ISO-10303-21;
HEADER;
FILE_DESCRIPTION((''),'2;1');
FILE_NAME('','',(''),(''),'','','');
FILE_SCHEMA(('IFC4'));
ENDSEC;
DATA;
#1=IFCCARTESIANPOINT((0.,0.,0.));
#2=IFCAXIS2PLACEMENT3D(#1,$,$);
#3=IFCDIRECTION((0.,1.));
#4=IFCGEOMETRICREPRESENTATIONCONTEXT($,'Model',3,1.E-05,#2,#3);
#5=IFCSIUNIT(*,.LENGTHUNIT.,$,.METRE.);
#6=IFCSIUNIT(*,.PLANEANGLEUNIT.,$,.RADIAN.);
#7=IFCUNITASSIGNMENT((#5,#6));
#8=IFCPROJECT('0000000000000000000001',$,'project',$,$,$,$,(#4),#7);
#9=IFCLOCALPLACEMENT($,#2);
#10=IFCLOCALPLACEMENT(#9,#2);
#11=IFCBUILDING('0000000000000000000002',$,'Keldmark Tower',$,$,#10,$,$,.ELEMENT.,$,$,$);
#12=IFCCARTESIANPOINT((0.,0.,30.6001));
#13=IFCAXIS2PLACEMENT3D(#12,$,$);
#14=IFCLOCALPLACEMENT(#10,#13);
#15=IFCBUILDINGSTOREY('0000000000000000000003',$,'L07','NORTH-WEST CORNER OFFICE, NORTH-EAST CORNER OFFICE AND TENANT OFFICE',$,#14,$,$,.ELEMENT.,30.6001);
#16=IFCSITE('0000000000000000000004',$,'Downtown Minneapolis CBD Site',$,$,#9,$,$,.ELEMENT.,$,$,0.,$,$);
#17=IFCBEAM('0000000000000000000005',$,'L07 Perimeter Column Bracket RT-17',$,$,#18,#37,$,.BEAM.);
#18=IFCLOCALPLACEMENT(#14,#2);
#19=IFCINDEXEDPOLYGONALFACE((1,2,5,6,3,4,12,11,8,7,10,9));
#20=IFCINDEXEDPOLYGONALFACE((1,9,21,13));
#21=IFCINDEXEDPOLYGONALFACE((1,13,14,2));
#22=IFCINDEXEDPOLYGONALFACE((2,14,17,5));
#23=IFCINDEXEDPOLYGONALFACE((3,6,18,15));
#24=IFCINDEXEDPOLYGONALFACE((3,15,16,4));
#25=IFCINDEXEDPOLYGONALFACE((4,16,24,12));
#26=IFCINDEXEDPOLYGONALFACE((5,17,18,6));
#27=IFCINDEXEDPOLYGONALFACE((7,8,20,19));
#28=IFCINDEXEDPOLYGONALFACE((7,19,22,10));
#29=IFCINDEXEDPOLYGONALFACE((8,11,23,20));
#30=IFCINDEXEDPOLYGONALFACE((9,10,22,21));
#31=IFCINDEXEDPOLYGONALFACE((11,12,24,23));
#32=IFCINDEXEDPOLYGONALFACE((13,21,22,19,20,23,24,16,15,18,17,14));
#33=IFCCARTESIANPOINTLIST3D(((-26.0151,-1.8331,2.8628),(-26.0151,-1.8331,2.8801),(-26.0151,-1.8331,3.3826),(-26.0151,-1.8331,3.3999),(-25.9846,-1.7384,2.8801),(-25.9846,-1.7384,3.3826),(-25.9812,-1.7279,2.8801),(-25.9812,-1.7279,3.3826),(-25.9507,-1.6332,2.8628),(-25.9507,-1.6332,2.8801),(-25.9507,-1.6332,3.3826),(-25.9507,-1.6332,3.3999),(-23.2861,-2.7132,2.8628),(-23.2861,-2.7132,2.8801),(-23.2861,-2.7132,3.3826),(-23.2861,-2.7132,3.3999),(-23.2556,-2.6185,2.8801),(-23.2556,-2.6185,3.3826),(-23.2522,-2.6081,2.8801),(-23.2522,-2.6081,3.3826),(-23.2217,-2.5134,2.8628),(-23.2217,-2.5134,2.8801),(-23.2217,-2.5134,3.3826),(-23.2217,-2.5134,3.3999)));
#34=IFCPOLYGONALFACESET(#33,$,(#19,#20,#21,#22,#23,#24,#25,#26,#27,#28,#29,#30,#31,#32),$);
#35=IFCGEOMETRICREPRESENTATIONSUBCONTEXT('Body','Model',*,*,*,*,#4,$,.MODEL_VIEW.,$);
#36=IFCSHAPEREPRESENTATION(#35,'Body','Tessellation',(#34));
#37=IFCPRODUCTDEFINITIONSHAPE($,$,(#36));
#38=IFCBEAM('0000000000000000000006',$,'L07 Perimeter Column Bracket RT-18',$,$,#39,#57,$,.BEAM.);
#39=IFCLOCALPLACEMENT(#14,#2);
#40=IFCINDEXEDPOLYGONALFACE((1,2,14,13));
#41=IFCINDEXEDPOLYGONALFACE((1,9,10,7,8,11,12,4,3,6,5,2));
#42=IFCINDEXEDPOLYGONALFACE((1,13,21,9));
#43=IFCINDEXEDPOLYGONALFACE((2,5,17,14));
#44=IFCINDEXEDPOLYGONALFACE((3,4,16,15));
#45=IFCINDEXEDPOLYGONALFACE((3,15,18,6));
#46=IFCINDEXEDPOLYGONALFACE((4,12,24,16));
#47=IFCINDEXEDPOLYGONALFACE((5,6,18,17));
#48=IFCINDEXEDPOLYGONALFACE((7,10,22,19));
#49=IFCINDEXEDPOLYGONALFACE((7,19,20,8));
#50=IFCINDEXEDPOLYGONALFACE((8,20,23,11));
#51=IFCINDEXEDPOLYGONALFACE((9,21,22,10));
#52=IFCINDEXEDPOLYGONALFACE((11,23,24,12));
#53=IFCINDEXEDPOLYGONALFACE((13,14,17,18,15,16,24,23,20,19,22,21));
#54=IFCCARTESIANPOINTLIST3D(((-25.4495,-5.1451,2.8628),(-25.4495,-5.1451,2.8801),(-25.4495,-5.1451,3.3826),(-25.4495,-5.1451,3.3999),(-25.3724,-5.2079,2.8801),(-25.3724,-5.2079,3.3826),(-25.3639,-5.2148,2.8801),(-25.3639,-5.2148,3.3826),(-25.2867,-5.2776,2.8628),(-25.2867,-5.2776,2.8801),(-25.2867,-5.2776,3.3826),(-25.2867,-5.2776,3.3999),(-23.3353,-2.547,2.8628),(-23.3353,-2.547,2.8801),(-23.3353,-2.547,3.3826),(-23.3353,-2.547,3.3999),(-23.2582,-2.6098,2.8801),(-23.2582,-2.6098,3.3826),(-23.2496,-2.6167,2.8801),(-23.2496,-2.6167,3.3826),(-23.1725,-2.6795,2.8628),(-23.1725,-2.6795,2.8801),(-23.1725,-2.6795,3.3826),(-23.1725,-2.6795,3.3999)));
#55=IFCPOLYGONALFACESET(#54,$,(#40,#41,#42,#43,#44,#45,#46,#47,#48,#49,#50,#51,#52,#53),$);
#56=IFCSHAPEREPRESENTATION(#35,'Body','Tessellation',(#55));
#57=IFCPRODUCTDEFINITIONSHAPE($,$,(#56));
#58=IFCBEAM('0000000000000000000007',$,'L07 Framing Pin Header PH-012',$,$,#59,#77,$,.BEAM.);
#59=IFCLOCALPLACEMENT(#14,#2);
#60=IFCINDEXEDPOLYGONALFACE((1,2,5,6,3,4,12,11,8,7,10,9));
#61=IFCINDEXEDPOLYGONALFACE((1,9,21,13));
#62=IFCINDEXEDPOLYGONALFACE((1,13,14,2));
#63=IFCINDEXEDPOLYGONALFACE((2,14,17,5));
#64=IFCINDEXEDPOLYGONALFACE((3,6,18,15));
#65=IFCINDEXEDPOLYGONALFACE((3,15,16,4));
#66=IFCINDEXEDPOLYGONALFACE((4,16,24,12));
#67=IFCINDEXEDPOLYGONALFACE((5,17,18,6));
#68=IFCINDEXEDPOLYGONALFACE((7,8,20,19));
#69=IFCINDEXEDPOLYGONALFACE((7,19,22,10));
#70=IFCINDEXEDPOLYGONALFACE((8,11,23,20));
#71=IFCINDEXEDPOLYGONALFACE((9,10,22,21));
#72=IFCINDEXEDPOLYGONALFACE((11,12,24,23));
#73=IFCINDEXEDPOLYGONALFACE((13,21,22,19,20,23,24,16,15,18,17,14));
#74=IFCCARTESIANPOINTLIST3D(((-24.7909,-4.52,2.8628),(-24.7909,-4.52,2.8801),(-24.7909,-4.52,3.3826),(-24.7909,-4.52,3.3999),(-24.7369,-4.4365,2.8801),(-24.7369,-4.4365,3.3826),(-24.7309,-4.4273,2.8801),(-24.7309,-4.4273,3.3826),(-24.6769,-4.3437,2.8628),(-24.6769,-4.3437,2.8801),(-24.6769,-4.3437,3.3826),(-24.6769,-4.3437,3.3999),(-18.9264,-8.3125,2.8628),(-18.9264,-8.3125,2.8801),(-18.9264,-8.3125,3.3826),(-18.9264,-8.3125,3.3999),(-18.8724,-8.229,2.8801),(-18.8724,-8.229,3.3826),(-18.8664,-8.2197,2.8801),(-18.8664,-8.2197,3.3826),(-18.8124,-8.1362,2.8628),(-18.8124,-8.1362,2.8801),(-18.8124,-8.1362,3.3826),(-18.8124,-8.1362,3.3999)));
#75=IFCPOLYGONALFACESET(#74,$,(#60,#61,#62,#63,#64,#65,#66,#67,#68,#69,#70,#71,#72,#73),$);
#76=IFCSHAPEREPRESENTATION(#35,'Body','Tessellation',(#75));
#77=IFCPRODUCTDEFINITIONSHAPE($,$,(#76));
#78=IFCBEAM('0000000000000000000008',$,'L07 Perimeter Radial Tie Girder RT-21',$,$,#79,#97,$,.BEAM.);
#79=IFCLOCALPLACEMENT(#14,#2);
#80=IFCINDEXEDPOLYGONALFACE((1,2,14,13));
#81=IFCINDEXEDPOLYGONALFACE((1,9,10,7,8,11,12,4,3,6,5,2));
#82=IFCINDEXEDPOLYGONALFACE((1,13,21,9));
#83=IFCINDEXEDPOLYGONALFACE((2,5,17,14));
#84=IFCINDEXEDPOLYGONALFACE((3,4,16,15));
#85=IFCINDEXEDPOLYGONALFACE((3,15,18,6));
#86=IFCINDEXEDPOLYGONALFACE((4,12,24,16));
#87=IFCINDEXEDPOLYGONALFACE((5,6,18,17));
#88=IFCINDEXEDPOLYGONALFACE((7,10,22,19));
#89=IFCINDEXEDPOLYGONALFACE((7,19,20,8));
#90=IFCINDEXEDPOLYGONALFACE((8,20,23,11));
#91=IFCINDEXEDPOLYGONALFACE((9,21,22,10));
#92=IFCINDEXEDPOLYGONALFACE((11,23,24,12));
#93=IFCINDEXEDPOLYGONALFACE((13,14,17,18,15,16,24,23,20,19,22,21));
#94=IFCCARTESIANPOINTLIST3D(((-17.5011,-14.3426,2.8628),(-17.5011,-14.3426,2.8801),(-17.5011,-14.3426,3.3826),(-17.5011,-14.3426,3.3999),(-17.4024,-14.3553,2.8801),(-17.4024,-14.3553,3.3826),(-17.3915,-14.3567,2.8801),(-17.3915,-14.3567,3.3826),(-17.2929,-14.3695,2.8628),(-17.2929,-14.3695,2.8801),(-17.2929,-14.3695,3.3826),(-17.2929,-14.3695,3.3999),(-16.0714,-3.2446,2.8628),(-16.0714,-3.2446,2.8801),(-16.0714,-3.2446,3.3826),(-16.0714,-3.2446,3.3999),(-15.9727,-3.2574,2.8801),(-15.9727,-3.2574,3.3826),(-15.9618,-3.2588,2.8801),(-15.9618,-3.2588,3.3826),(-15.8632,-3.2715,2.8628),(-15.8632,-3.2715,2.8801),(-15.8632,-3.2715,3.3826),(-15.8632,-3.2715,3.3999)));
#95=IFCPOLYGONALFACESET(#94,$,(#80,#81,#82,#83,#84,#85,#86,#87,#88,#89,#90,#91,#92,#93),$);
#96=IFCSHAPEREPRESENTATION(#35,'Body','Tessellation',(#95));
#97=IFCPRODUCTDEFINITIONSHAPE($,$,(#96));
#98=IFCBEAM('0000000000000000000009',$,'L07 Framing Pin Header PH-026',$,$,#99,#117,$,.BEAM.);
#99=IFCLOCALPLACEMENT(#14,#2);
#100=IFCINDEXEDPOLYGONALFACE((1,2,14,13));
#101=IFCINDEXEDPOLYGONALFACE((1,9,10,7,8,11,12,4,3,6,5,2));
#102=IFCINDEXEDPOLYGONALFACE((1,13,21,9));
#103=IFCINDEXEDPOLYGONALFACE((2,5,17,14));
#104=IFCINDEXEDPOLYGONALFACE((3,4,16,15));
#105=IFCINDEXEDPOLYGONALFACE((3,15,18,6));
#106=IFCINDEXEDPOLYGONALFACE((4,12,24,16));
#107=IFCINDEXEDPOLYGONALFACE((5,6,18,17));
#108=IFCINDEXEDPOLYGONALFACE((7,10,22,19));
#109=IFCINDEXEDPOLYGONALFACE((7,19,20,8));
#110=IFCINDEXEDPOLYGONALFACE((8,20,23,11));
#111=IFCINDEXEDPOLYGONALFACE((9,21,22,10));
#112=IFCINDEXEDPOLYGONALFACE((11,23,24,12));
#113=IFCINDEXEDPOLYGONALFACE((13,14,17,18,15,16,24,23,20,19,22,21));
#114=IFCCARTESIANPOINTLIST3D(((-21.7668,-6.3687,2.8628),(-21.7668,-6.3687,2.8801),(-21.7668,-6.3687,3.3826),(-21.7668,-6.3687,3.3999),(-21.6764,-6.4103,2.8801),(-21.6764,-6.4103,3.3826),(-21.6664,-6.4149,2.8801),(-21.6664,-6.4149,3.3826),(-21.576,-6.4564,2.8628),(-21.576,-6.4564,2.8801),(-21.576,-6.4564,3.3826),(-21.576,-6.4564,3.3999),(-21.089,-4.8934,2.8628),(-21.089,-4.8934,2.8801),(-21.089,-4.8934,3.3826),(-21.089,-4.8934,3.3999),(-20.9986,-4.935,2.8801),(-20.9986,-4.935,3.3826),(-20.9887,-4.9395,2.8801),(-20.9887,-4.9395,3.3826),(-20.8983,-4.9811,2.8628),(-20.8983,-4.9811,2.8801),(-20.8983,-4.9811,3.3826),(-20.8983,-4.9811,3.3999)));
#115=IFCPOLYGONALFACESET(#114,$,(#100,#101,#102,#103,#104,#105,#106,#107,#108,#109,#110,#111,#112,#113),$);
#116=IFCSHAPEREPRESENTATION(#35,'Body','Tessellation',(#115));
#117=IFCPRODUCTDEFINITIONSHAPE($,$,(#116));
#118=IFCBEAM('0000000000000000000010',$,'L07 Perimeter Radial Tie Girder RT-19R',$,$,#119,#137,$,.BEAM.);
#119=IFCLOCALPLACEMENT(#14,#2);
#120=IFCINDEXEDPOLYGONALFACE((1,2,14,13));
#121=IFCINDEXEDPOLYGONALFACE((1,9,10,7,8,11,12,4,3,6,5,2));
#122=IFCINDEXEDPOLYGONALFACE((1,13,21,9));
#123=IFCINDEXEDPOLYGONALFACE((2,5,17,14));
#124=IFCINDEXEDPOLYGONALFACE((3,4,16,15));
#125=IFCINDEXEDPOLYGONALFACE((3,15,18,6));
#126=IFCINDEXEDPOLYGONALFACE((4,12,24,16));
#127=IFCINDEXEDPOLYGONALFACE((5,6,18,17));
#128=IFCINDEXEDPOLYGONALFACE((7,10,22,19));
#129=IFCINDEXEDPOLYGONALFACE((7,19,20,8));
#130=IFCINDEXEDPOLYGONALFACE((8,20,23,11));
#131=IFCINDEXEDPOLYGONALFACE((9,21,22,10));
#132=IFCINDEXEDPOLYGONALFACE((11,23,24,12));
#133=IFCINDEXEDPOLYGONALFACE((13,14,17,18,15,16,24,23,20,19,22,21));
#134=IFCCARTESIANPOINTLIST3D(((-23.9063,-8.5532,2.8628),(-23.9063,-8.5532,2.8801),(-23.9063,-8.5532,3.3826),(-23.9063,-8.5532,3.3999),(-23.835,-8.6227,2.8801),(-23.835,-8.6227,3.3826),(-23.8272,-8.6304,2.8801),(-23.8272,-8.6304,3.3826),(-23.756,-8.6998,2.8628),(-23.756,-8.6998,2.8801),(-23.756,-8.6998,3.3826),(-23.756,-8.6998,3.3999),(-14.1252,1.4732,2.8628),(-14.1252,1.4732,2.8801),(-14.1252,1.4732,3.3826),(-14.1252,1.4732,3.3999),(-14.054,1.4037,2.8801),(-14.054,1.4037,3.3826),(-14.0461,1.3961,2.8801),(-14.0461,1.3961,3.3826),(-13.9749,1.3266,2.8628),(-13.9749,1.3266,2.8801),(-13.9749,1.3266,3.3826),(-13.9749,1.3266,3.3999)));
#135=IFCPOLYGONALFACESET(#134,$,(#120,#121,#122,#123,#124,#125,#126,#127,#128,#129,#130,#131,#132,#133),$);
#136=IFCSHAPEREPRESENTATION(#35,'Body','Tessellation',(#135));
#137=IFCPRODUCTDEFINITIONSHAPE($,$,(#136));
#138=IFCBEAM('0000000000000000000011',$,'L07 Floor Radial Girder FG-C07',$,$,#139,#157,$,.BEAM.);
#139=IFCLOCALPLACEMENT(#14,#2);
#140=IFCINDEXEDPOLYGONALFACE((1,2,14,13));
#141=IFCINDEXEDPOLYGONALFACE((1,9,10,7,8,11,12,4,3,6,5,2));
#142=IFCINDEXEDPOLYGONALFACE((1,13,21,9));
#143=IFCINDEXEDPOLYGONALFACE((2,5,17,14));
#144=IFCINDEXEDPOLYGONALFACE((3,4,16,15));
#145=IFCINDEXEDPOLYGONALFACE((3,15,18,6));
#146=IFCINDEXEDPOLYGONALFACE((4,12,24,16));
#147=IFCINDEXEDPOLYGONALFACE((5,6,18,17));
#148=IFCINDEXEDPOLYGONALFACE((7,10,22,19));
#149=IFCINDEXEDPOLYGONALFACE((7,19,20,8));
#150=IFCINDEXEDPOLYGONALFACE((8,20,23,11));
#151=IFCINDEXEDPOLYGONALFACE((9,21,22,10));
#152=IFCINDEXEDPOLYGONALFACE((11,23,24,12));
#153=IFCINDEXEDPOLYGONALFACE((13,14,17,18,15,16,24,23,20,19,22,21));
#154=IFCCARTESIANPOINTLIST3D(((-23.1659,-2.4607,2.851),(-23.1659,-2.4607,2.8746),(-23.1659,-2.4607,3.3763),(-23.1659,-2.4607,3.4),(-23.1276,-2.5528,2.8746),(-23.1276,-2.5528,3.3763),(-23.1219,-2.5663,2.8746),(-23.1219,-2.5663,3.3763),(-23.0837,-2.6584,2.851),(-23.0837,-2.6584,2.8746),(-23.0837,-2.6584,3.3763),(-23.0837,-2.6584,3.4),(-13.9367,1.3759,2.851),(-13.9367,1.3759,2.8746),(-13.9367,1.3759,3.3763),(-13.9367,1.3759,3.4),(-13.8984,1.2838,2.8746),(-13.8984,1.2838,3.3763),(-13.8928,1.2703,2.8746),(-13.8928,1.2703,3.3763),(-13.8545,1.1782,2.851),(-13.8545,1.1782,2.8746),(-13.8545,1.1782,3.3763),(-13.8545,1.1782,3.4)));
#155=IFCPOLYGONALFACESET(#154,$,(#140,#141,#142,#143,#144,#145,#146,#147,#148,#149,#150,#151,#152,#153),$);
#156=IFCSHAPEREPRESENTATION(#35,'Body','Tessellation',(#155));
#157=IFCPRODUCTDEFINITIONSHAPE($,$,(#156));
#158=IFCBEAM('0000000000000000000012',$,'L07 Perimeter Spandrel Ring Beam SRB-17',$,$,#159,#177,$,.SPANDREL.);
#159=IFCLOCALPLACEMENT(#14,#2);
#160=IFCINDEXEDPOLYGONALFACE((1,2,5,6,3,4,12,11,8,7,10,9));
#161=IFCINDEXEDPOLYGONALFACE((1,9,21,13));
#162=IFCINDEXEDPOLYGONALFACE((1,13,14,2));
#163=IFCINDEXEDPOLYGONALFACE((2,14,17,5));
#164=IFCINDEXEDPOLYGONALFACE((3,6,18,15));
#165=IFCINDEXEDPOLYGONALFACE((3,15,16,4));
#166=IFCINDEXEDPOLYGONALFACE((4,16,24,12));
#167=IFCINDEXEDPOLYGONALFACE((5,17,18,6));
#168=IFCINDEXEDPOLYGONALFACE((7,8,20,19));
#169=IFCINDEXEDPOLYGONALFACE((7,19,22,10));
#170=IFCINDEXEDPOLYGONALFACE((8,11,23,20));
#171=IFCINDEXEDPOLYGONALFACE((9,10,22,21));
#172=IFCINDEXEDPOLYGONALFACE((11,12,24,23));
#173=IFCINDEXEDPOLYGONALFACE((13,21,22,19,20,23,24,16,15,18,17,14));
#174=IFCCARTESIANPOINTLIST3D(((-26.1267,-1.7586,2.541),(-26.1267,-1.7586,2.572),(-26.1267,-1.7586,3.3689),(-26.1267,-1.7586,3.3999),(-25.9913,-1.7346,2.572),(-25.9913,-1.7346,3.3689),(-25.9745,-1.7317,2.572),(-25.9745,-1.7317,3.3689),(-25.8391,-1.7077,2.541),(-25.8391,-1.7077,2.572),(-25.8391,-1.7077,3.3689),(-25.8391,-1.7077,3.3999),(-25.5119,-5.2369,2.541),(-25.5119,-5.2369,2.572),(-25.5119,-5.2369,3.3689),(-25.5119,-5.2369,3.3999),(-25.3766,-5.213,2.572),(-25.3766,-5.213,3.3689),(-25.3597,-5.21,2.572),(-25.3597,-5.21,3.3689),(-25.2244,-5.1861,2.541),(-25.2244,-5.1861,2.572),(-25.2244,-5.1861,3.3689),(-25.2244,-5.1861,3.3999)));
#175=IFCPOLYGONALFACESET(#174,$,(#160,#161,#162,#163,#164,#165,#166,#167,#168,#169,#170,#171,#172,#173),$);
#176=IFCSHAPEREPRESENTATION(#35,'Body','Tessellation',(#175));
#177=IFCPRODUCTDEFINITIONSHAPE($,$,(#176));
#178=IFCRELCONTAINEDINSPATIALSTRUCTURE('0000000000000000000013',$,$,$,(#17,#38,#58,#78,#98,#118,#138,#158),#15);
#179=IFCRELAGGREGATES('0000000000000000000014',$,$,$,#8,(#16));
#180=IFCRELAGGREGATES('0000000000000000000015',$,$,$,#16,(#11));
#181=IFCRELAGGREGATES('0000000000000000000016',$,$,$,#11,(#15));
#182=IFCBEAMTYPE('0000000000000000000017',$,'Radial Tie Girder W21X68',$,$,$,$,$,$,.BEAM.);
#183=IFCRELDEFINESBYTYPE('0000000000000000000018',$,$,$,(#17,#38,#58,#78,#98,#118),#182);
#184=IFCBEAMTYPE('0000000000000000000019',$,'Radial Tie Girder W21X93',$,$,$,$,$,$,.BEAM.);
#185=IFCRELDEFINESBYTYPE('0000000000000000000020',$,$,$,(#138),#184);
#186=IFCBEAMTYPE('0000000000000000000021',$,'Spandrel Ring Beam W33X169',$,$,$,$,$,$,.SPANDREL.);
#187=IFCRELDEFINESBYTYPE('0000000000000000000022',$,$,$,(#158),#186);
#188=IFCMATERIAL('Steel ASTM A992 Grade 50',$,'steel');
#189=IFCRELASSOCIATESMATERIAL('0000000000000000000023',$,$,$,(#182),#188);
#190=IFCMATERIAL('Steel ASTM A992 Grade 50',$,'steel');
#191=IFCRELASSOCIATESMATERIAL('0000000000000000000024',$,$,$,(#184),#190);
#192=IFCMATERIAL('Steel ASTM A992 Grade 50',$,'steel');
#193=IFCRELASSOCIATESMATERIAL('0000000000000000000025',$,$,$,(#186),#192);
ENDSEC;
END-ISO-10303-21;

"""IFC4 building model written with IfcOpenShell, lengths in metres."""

from ifc_helpers import new_model, si_unit, direction, frame, origin, origin_2d, place, context, subcontext, project, spatial, i_section, extrude, material, material_profile, profile_set, type_object, element, save


model = new_model("IFC4")

# Units and contexts
model_context = context("Model", 3, precision=1e-05, world=origin(), true_north=direction((0.0, 1.0)))
body_context = subcontext(model_context, "Body", "Model", "MODEL_VIEW")
ifc_project = project(units=[si_unit("LENGTHUNIT", "METRE"), si_unit("PLANEANGLEUNIT", "RADIAN")], contexts=[model_context])

# Site, building, storey
site_placement = place(None, origin())
site = spatial("IfcSite", under=ifc_project, at=site_placement, Name="Downtown Minneapolis CBD Site", CompositionType="ELEMENT", RefElevation=0.0)
building_placement = place(site_placement, origin())
building = spatial("IfcBuilding", under=site, at=building_placement, Name="Keldmark Tower", CompositionType="ELEMENT")
storey_placement = place(building_placement, frame((0.0, 0.0, 30.6001)))
storey = spatial("IfcBuildingStorey", under=building, at=storey_placement, Name="L07", Description="NORTH-WEST CORNER OFFICE, NORTH-EAST CORNER OFFICE AND TENANT OFFICE", CompositionType="ELEMENT", Elevation=30.6001)

# Beams
ifc_material_1 = material(Name="Steel ASTM A992 Grade 50", Category="steel")
ifc_material_profile_1 = material_profile(ifc_material_1, i_section(OverallWidth=0.21, OverallDepth=0.5371, WebThickness=0.011, FlangeThickness=0.0173, at=origin_2d()), Name="W21X68")
ifc_profile_set_1 = profile_set([ifc_material_profile_1], Name="Steel ASTM A992 Grade 50")
beam_type_1 = type_object("IfcBeamType", Name="Radial Tie Girder W21X68", PredefinedType="BEAM", material=ifc_profile_set_1)
beam_1_placement = place(storey_placement, frame((-23.2539, -2.6133, 3.1313), z_axis=(-0.951729, 0.306941, 0.0), x_axis=(-0.306941, -0.951729, 0.0)))
element("IfcBeam", 1, at=beam_1_placement, inside=storey, type_object=beam_type_1, Name="L07 Perimeter Column Bracket RT-17", PredefinedType="BEAM", context=body_context, shape_type="SweptSolid", body=[
    extrude(i_section(OverallWidth=0.21, OverallDepth=0.5371, WebThickness=0.011, FlangeThickness=0.0173, at=origin_2d()), origin(), (0.0, 0.0, 1.0), 2.8674),
])
beam_2_placement = place(storey_placement, frame((-23.2539, -2.6133, 3.1313), z_axis=(-0.63118, -0.775637, 0.0), x_axis=(0.775637, -0.63118, 0.0)))
element("IfcBeam", 2, at=beam_2_placement, inside=storey, type_object=beam_type_1, Name="L07 Perimeter Column Bracket RT-18", PredefinedType="BEAM", context=body_context, shape_type="SweptSolid", body=[
    extrude(i_section(OverallWidth=0.21, OverallDepth=0.5371, WebThickness=0.011, FlangeThickness=0.0173, at=origin_2d()), origin(), (0.0, 0.0, 1.0), 3.3496),
])
beam_3_placement = place(storey_placement, frame((-24.7339, -4.4319, 3.1313), z_axis=(0.839714, -0.543029, 0.0), x_axis=(0.543029, 0.839714, 0.0)))
element("IfcBeam", 3, at=beam_3_placement, inside=storey, type_object=beam_type_1, Name="L07 Framing Pin Header PH-012", PredefinedType="BEAM", context=body_context, shape_type="SweptSolid", body=[
    extrude(i_section(OverallWidth=0.21, OverallDepth=0.5371, WebThickness=0.011, FlangeThickness=0.0173, at=origin_2d()), origin(), (0.0, 0.0, 1.0), 6.9839),
])
beam_4_placement = place(storey_placement, frame((-15.9673, -3.2581, 3.1313), z_axis=(-0.127769, -0.991804, 0.0), x_axis=(0.991804, -0.127769, 0.0)))
element("IfcBeam", 4, at=beam_4_placement, inside=storey, type_object=beam_type_1, Name="L07 Perimeter Radial Tie Girder RT-21", PredefinedType="BEAM", context=body_context, shape_type="SweptSolid", body=[
    extrude(i_section(OverallWidth=0.21, OverallDepth=0.5371, WebThickness=0.011, FlangeThickness=0.0173, at=origin_2d()), origin(), (0.0, 0.0, 1.0), 11.1897),
])
beam_5_placement = place(storey_placement, frame((-20.9937, -4.9373, 3.1313), z_axis=(-0.417436, -0.908706, 0.0), x_axis=(0.908706, -0.417436, 0.0)))
element("IfcBeam", 5, at=beam_5_placement, inside=storey, type_object=beam_type_1, Name="L07 Framing Pin Header PH-026", PredefinedType="BEAM", context=body_context, shape_type="SweptSolid", body=[
    extrude(i_section(OverallWidth=0.21, OverallDepth=0.5371, WebThickness=0.011, FlangeThickness=0.0173, at=origin_2d()), origin(), (0.0, 0.0, 1.0), 1.6235),
])
beam_6_placement = place(storey_placement, frame((-14.05, 1.3999, 3.1313), z_axis=(-0.698294, -0.715811, 0.0), x_axis=(0.715811, -0.698294, 0.0)))
element("IfcBeam", 6, at=beam_6_placement, inside=storey, type_object=beam_type_1, Name="L07 Perimeter Radial Tie Girder RT-19R", PredefinedType="BEAM", context=body_context, shape_type="SweptSolid", body=[
    extrude(i_section(OverallWidth=0.21, OverallDepth=0.5371, WebThickness=0.011, FlangeThickness=0.0173, at=origin_2d()), origin(), (0.0, 0.0, 1.0), 14.0071),
])
ifc_material_2 = material(Name="Steel ASTM A992 Grade 50", Category="steel")
ifc_material_profile_2 = material_profile(ifc_material_2, i_section(OverallWidth=0.2141, OverallDepth=0.5491, WebThickness=0.0146, FlangeThickness=0.0237, at=origin_2d()), Name="W21X93")
ifc_profile_set_2 = profile_set([ifc_material_profile_2], Name="Steel ASTM A992 Grade 50")
beam_type_2 = type_object("IfcBeamType", Name="Radial Tie Girder W21X93", PredefinedType="BEAM", material=ifc_profile_set_2)
beam_7_placement = place(storey_placement, frame((-23.1248, -2.5596, 3.1255), z_axis=(0.923391, 0.383861, 0.0), x_axis=(-0.383861, 0.923391, 0.0)))
element("IfcBeam", 7, at=beam_7_placement, inside=storey, type_object=beam_type_2, Name="L07 Floor Radial Girder FG-C07", PredefinedType="BEAM", context=body_context, shape_type="SweptSolid", body=[
    extrude(i_section(OverallWidth=0.2141, OverallDepth=0.5491, WebThickness=0.0146, FlangeThickness=0.0237, at=origin_2d()), origin(), (0.0, 0.0, 1.0), 9.9949),
])
ifc_material_3 = material(Name="Steel ASTM A992 Grade 50", Category="steel")
ifc_material_profile_3 = material_profile(ifc_material_3, i_section(OverallWidth=0.292, OverallDepth=0.8589, WebThickness=0.0171, FlangeThickness=0.031, at=origin_2d()), Name="W33X169")
ifc_profile_set_3 = profile_set([ifc_material_profile_3], Name="Steel ASTM A992 Grade 50")
beam_type_3 = type_object("IfcBeamType", Name="Spandrel Ring Beam W33X169", PredefinedType="SPANDREL", material=ifc_profile_set_3)
beam_8_placement = place(storey_placement, frame((-25.9829, -1.7332, 2.9705), z_axis=(0.174042, -0.984738, 0.0), x_axis=(0.984738, 0.174042, 0.0)))
element("IfcBeam", 8, at=beam_8_placement, inside=storey, type_object=beam_type_3, Name="L07 Perimeter Spandrel Ring Beam SRB-17", PredefinedType="SPANDREL", context=body_context, shape_type="SweptSolid", body=[
    extrude(i_section(OverallWidth=0.292, OverallDepth=0.8589, WebThickness=0.0171, FlangeThickness=0.031, at=origin_2d()), origin(), (0.0, 0.0, 1.0), 3.5322),
])

save(model, "model.ifc")
